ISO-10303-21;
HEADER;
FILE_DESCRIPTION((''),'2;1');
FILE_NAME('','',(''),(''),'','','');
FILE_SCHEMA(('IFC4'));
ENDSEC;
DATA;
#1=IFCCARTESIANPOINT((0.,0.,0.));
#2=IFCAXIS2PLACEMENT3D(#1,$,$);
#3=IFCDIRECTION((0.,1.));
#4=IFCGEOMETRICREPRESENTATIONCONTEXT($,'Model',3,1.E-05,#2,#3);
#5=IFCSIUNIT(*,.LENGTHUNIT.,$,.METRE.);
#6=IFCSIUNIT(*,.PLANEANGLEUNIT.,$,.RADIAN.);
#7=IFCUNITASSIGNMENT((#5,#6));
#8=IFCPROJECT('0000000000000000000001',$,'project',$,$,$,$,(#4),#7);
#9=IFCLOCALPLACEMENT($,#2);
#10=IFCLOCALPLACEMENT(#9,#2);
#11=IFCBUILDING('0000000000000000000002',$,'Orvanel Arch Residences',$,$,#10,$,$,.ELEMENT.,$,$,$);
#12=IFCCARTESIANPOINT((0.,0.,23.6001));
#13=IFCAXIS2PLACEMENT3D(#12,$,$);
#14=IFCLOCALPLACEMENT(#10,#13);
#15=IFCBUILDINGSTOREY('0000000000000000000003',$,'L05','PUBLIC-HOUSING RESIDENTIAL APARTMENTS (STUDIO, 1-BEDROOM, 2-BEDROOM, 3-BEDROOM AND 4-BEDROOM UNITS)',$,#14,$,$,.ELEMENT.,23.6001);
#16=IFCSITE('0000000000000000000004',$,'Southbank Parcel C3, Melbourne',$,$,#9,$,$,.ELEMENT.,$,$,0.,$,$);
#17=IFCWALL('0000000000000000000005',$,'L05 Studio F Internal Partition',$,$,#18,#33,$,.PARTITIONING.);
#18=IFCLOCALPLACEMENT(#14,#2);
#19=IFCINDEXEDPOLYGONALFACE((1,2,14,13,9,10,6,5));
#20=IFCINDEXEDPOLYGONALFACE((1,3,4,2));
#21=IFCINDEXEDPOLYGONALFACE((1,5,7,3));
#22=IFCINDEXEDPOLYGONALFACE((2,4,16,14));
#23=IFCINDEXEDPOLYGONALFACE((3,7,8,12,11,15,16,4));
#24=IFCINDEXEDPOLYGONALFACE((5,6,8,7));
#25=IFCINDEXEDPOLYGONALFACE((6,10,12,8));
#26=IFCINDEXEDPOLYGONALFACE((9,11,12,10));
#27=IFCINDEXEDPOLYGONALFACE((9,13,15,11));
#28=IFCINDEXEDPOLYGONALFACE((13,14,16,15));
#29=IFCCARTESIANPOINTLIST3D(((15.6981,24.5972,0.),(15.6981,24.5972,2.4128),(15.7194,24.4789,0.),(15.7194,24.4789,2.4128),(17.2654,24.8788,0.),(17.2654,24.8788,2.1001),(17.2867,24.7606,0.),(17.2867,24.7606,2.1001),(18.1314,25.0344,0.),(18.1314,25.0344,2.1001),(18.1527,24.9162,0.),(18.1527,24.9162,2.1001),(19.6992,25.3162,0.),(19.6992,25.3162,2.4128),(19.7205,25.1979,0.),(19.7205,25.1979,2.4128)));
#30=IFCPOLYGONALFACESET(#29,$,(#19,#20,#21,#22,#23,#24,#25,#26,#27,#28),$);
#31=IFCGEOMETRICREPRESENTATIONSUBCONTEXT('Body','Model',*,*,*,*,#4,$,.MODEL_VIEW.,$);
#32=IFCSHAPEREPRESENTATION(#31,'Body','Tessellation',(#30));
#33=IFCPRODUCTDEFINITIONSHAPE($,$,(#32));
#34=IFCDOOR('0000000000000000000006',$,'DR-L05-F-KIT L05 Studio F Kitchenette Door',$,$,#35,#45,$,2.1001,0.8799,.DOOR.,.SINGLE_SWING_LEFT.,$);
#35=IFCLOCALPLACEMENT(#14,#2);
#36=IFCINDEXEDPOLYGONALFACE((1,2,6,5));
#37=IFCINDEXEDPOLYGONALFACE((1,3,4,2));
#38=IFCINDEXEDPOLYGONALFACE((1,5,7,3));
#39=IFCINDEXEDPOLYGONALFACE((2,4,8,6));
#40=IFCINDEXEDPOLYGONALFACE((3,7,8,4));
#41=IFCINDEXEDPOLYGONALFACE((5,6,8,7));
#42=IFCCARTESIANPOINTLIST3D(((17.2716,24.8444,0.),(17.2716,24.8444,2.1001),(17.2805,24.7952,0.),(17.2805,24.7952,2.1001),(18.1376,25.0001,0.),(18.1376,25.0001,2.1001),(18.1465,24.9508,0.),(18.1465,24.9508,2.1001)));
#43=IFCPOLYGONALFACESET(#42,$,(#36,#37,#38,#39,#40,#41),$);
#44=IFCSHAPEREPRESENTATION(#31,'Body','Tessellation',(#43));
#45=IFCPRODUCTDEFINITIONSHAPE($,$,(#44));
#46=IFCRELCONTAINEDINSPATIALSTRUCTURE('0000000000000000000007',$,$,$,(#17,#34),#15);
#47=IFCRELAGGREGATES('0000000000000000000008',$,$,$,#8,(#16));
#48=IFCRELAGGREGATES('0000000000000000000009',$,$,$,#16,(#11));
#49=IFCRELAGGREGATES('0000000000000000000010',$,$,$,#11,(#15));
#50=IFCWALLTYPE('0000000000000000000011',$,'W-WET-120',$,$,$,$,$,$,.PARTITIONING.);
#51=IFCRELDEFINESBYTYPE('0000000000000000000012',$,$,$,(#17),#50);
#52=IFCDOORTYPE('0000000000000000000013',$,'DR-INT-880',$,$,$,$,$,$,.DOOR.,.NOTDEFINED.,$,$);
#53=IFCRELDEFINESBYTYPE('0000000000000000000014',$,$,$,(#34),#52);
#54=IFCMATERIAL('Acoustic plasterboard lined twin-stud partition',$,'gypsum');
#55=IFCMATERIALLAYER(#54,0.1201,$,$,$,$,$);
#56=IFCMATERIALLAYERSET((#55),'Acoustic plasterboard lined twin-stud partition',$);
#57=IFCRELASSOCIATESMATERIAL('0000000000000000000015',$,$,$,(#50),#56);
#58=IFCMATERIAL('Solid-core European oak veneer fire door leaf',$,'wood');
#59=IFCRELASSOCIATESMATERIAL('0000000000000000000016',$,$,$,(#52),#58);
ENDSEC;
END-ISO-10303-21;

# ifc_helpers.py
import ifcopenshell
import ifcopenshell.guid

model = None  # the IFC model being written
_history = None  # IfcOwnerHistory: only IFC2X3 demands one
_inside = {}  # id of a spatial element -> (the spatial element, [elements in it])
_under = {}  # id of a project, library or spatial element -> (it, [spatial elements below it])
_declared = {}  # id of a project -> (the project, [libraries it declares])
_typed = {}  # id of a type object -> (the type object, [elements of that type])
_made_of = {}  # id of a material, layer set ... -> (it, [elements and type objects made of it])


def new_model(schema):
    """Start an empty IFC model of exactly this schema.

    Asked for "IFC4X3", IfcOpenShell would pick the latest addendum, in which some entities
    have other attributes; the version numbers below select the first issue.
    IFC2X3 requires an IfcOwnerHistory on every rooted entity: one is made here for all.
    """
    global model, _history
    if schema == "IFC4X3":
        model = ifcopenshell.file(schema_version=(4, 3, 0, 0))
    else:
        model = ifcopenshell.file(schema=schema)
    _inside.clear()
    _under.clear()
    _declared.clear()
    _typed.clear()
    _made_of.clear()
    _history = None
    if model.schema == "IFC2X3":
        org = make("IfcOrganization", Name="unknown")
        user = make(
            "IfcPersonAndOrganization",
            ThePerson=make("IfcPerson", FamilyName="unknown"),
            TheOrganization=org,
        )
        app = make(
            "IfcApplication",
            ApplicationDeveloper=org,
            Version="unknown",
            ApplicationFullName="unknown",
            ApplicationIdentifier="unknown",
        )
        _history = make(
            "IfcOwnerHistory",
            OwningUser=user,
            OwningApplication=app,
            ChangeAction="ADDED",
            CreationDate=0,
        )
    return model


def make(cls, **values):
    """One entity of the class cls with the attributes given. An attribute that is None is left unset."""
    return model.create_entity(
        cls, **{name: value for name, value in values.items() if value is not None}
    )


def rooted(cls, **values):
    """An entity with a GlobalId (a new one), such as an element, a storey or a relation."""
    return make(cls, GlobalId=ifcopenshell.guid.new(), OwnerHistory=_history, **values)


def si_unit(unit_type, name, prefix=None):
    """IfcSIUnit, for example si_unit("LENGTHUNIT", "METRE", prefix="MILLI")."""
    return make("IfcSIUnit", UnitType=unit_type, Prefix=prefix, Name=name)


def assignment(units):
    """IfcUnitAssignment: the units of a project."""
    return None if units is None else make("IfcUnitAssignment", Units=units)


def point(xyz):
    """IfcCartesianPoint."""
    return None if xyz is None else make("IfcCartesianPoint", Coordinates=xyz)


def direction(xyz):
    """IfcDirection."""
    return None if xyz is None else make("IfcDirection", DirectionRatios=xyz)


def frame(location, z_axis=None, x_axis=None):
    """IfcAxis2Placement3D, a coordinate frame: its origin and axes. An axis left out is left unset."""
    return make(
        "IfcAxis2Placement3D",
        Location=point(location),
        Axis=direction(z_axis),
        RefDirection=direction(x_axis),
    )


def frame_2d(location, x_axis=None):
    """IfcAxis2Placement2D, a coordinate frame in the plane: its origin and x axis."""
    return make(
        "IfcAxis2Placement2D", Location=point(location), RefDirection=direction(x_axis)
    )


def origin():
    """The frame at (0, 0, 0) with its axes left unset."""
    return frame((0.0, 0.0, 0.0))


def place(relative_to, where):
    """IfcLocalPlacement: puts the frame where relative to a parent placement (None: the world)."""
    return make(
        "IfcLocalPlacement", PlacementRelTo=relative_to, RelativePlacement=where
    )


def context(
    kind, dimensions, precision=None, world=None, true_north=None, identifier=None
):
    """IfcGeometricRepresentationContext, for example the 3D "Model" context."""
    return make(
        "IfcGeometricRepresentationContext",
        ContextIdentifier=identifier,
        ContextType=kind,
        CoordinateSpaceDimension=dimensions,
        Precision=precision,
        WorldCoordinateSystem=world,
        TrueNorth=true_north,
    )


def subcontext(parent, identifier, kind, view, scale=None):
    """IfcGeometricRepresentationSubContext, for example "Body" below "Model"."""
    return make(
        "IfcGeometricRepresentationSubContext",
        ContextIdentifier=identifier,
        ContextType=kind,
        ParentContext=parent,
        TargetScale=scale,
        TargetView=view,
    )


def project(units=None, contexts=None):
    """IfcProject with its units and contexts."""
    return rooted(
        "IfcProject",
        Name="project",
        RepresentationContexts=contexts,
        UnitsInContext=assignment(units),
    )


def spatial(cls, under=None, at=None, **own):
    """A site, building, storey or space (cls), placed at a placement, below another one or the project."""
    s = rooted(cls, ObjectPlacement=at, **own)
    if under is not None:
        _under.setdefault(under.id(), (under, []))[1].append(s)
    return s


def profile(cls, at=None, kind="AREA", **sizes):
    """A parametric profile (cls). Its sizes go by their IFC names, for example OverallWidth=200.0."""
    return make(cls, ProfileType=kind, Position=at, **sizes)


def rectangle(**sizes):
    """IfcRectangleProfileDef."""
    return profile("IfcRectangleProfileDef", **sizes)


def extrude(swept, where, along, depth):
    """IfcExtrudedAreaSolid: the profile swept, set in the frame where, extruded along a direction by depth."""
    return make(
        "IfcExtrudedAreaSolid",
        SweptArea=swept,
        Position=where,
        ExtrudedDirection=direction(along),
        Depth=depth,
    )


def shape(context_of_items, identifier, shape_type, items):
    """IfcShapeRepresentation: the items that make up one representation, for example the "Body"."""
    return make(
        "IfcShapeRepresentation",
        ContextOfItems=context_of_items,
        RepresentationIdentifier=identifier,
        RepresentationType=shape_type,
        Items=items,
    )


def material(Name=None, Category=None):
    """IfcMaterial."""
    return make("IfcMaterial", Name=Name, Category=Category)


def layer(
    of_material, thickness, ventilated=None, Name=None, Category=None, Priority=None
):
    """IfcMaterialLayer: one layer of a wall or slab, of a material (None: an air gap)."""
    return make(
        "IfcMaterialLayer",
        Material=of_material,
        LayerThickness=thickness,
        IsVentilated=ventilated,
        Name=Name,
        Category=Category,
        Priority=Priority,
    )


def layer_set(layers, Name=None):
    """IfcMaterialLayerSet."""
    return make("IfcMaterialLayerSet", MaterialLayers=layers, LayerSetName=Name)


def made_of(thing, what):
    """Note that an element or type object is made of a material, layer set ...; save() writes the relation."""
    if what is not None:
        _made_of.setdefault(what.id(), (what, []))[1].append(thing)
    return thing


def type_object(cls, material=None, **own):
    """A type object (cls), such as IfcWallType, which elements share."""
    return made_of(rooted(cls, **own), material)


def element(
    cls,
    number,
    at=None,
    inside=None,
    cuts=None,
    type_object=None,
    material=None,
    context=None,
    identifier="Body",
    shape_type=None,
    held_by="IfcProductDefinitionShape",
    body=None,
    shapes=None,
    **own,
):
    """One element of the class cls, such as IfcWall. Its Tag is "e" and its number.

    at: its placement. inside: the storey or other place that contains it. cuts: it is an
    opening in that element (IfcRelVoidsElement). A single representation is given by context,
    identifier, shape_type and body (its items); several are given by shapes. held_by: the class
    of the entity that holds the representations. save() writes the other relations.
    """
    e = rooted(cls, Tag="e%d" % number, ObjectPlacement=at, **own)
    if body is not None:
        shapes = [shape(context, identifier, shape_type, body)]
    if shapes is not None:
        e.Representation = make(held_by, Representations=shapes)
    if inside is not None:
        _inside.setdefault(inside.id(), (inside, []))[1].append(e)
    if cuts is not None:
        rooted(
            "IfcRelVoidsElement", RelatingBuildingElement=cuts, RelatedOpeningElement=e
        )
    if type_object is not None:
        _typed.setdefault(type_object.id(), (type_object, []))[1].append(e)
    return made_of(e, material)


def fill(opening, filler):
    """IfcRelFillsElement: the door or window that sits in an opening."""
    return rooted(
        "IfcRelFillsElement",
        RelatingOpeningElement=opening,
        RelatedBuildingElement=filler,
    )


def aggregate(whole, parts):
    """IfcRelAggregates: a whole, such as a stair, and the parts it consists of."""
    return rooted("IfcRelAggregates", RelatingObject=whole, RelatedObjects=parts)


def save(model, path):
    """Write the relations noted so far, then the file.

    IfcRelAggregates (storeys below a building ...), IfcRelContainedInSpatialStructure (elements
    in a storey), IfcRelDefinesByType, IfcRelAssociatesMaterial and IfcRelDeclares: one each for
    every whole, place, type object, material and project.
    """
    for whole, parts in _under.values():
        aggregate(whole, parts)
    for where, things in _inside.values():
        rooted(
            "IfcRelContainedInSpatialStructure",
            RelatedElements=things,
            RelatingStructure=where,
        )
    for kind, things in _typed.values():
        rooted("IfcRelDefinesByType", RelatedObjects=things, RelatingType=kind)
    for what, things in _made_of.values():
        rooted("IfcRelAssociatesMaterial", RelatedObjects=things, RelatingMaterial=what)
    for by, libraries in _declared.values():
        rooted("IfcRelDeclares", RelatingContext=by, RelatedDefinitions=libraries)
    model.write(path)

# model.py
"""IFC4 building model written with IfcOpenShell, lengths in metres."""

from ifc_helpers import new_model, si_unit, direction, frame, frame_2d, origin, place, context, subcontext, project, spatial, rectangle, extrude, material, layer, layer_set, type_object, element, fill, save


model = new_model("IFC4")

# Units and contexts
model_context = context("Model", 3, precision=1e-05, world=origin(), true_north=direction((0.0, 1.0)))
body_context = subcontext(model_context, "Body", "Model", "MODEL_VIEW")
ifc_project = project(units=[si_unit("LENGTHUNIT", "METRE"), si_unit("PLANEANGLEUNIT", "RADIAN")], contexts=[model_context])

# Site, building, storey
site_placement = place(None, origin())
site = spatial("IfcSite", under=ifc_project, at=site_placement, Name="Southbank Parcel C3, Melbourne", CompositionType="ELEMENT", RefElevation=0.0)
building_placement = place(site_placement, origin())
building = spatial("IfcBuilding", under=site, at=building_placement, Name="Orvanel Arch Residences", CompositionType="ELEMENT")
storey_placement = place(building_placement, frame((0.0, 0.0, 23.6001)))
storey = spatial("IfcBuildingStorey", under=building, at=storey_placement, Name="L05", Description="PUBLIC-HOUSING RESIDENTIAL APARTMENTS (STUDIO, 1-BEDROOM, 2-BEDROOM, 3-BEDROOM AND 4-BEDROOM UNITS)", CompositionType="ELEMENT", Elevation=23.6001)

# Wall, opening, door
ifc_material_1 = material(Name="Acoustic plasterboard lined twin-stud partition", Category="gypsum")
ifc_layer_1 = layer(ifc_material_1, 0.1201)
ifc_layer_set_1 = layer_set([ifc_layer_1], Name="Acoustic plasterboard lined twin-stud partition")
wall_type_1 = type_object("IfcWallType", Name="W-WET-120", PredefinedType="PARTITIONING", material=ifc_layer_set_1)
ifc_material_2 = material(Name="Solid-core European oak veneer fire door leaf", Category="wood")
wall_1_placement = place(storey_placement, frame((19.71, 25.2571, 0.0), z_axis=(0.0, 0.0, 1.0), x_axis=(-0.984234, -0.176871, 0.0)))
wall_1 = element("IfcWall", 1, at=wall_1_placement, inside=storey, type_object=wall_type_1, Name="L05 Studio F Internal Partition", PredefinedType="PARTITIONING", context=body_context, shape_type="SweptSolid", body=[
    extrude(rectangle(XDim=4.0652, YDim=0.1201, at=frame_2d((2.0327, 0.0))), origin(), (0.0, 0.0, 1.0), 2.4128),
])
opening_1_placement = place(wall_1_placement, frame((1.593, 0.0, 0.0)))
opening_1 = element("IfcOpeningElement", 2, at=opening_1_placement, cuts=wall_1, PredefinedType="OPENING", context=body_context, shape_type="SweptSolid", body=[
    extrude(rectangle(XDim=0.8799, YDim=2.1001, at=frame_2d((0.4399, 1.05))), frame((0.0, 0.0701, 0.0), z_axis=(0.0, -1.0, 0.0), x_axis=(1.0, 0.0, 0.0)), (0.0, 0.0, 1.0), 0.1401),
])
door_type_1 = type_object("IfcDoorType", Name="DR-INT-880", OperationType="NOTDEFINED", PredefinedType="DOOR", material=ifc_material_2)
door_1_placement = place(opening_1_placement, origin())
door_1 = element("IfcDoor", 3, at=door_1_placement, inside=storey, type_object=door_type_1, Name="DR-L05-F-KIT L05 Studio F Kitchenette Door", OperationType="SINGLE_SWING_LEFT", OverallHeight=2.1001, OverallWidth=0.8799, PredefinedType="DOOR", context=body_context, shape_type="SweptSolid", body=[
    extrude(rectangle(XDim=0.8799, YDim=2.1001, at=frame_2d((0.4399, 1.05))), frame((0.0, 0.0249, 0.0), z_axis=(0.0, -1.0, 0.0), x_axis=(1.0, 0.0, 0.0)), (0.0, 0.0, 1.0), 0.05),
])
fill(opening_1, door_1)

save(model, "model.ifc")
